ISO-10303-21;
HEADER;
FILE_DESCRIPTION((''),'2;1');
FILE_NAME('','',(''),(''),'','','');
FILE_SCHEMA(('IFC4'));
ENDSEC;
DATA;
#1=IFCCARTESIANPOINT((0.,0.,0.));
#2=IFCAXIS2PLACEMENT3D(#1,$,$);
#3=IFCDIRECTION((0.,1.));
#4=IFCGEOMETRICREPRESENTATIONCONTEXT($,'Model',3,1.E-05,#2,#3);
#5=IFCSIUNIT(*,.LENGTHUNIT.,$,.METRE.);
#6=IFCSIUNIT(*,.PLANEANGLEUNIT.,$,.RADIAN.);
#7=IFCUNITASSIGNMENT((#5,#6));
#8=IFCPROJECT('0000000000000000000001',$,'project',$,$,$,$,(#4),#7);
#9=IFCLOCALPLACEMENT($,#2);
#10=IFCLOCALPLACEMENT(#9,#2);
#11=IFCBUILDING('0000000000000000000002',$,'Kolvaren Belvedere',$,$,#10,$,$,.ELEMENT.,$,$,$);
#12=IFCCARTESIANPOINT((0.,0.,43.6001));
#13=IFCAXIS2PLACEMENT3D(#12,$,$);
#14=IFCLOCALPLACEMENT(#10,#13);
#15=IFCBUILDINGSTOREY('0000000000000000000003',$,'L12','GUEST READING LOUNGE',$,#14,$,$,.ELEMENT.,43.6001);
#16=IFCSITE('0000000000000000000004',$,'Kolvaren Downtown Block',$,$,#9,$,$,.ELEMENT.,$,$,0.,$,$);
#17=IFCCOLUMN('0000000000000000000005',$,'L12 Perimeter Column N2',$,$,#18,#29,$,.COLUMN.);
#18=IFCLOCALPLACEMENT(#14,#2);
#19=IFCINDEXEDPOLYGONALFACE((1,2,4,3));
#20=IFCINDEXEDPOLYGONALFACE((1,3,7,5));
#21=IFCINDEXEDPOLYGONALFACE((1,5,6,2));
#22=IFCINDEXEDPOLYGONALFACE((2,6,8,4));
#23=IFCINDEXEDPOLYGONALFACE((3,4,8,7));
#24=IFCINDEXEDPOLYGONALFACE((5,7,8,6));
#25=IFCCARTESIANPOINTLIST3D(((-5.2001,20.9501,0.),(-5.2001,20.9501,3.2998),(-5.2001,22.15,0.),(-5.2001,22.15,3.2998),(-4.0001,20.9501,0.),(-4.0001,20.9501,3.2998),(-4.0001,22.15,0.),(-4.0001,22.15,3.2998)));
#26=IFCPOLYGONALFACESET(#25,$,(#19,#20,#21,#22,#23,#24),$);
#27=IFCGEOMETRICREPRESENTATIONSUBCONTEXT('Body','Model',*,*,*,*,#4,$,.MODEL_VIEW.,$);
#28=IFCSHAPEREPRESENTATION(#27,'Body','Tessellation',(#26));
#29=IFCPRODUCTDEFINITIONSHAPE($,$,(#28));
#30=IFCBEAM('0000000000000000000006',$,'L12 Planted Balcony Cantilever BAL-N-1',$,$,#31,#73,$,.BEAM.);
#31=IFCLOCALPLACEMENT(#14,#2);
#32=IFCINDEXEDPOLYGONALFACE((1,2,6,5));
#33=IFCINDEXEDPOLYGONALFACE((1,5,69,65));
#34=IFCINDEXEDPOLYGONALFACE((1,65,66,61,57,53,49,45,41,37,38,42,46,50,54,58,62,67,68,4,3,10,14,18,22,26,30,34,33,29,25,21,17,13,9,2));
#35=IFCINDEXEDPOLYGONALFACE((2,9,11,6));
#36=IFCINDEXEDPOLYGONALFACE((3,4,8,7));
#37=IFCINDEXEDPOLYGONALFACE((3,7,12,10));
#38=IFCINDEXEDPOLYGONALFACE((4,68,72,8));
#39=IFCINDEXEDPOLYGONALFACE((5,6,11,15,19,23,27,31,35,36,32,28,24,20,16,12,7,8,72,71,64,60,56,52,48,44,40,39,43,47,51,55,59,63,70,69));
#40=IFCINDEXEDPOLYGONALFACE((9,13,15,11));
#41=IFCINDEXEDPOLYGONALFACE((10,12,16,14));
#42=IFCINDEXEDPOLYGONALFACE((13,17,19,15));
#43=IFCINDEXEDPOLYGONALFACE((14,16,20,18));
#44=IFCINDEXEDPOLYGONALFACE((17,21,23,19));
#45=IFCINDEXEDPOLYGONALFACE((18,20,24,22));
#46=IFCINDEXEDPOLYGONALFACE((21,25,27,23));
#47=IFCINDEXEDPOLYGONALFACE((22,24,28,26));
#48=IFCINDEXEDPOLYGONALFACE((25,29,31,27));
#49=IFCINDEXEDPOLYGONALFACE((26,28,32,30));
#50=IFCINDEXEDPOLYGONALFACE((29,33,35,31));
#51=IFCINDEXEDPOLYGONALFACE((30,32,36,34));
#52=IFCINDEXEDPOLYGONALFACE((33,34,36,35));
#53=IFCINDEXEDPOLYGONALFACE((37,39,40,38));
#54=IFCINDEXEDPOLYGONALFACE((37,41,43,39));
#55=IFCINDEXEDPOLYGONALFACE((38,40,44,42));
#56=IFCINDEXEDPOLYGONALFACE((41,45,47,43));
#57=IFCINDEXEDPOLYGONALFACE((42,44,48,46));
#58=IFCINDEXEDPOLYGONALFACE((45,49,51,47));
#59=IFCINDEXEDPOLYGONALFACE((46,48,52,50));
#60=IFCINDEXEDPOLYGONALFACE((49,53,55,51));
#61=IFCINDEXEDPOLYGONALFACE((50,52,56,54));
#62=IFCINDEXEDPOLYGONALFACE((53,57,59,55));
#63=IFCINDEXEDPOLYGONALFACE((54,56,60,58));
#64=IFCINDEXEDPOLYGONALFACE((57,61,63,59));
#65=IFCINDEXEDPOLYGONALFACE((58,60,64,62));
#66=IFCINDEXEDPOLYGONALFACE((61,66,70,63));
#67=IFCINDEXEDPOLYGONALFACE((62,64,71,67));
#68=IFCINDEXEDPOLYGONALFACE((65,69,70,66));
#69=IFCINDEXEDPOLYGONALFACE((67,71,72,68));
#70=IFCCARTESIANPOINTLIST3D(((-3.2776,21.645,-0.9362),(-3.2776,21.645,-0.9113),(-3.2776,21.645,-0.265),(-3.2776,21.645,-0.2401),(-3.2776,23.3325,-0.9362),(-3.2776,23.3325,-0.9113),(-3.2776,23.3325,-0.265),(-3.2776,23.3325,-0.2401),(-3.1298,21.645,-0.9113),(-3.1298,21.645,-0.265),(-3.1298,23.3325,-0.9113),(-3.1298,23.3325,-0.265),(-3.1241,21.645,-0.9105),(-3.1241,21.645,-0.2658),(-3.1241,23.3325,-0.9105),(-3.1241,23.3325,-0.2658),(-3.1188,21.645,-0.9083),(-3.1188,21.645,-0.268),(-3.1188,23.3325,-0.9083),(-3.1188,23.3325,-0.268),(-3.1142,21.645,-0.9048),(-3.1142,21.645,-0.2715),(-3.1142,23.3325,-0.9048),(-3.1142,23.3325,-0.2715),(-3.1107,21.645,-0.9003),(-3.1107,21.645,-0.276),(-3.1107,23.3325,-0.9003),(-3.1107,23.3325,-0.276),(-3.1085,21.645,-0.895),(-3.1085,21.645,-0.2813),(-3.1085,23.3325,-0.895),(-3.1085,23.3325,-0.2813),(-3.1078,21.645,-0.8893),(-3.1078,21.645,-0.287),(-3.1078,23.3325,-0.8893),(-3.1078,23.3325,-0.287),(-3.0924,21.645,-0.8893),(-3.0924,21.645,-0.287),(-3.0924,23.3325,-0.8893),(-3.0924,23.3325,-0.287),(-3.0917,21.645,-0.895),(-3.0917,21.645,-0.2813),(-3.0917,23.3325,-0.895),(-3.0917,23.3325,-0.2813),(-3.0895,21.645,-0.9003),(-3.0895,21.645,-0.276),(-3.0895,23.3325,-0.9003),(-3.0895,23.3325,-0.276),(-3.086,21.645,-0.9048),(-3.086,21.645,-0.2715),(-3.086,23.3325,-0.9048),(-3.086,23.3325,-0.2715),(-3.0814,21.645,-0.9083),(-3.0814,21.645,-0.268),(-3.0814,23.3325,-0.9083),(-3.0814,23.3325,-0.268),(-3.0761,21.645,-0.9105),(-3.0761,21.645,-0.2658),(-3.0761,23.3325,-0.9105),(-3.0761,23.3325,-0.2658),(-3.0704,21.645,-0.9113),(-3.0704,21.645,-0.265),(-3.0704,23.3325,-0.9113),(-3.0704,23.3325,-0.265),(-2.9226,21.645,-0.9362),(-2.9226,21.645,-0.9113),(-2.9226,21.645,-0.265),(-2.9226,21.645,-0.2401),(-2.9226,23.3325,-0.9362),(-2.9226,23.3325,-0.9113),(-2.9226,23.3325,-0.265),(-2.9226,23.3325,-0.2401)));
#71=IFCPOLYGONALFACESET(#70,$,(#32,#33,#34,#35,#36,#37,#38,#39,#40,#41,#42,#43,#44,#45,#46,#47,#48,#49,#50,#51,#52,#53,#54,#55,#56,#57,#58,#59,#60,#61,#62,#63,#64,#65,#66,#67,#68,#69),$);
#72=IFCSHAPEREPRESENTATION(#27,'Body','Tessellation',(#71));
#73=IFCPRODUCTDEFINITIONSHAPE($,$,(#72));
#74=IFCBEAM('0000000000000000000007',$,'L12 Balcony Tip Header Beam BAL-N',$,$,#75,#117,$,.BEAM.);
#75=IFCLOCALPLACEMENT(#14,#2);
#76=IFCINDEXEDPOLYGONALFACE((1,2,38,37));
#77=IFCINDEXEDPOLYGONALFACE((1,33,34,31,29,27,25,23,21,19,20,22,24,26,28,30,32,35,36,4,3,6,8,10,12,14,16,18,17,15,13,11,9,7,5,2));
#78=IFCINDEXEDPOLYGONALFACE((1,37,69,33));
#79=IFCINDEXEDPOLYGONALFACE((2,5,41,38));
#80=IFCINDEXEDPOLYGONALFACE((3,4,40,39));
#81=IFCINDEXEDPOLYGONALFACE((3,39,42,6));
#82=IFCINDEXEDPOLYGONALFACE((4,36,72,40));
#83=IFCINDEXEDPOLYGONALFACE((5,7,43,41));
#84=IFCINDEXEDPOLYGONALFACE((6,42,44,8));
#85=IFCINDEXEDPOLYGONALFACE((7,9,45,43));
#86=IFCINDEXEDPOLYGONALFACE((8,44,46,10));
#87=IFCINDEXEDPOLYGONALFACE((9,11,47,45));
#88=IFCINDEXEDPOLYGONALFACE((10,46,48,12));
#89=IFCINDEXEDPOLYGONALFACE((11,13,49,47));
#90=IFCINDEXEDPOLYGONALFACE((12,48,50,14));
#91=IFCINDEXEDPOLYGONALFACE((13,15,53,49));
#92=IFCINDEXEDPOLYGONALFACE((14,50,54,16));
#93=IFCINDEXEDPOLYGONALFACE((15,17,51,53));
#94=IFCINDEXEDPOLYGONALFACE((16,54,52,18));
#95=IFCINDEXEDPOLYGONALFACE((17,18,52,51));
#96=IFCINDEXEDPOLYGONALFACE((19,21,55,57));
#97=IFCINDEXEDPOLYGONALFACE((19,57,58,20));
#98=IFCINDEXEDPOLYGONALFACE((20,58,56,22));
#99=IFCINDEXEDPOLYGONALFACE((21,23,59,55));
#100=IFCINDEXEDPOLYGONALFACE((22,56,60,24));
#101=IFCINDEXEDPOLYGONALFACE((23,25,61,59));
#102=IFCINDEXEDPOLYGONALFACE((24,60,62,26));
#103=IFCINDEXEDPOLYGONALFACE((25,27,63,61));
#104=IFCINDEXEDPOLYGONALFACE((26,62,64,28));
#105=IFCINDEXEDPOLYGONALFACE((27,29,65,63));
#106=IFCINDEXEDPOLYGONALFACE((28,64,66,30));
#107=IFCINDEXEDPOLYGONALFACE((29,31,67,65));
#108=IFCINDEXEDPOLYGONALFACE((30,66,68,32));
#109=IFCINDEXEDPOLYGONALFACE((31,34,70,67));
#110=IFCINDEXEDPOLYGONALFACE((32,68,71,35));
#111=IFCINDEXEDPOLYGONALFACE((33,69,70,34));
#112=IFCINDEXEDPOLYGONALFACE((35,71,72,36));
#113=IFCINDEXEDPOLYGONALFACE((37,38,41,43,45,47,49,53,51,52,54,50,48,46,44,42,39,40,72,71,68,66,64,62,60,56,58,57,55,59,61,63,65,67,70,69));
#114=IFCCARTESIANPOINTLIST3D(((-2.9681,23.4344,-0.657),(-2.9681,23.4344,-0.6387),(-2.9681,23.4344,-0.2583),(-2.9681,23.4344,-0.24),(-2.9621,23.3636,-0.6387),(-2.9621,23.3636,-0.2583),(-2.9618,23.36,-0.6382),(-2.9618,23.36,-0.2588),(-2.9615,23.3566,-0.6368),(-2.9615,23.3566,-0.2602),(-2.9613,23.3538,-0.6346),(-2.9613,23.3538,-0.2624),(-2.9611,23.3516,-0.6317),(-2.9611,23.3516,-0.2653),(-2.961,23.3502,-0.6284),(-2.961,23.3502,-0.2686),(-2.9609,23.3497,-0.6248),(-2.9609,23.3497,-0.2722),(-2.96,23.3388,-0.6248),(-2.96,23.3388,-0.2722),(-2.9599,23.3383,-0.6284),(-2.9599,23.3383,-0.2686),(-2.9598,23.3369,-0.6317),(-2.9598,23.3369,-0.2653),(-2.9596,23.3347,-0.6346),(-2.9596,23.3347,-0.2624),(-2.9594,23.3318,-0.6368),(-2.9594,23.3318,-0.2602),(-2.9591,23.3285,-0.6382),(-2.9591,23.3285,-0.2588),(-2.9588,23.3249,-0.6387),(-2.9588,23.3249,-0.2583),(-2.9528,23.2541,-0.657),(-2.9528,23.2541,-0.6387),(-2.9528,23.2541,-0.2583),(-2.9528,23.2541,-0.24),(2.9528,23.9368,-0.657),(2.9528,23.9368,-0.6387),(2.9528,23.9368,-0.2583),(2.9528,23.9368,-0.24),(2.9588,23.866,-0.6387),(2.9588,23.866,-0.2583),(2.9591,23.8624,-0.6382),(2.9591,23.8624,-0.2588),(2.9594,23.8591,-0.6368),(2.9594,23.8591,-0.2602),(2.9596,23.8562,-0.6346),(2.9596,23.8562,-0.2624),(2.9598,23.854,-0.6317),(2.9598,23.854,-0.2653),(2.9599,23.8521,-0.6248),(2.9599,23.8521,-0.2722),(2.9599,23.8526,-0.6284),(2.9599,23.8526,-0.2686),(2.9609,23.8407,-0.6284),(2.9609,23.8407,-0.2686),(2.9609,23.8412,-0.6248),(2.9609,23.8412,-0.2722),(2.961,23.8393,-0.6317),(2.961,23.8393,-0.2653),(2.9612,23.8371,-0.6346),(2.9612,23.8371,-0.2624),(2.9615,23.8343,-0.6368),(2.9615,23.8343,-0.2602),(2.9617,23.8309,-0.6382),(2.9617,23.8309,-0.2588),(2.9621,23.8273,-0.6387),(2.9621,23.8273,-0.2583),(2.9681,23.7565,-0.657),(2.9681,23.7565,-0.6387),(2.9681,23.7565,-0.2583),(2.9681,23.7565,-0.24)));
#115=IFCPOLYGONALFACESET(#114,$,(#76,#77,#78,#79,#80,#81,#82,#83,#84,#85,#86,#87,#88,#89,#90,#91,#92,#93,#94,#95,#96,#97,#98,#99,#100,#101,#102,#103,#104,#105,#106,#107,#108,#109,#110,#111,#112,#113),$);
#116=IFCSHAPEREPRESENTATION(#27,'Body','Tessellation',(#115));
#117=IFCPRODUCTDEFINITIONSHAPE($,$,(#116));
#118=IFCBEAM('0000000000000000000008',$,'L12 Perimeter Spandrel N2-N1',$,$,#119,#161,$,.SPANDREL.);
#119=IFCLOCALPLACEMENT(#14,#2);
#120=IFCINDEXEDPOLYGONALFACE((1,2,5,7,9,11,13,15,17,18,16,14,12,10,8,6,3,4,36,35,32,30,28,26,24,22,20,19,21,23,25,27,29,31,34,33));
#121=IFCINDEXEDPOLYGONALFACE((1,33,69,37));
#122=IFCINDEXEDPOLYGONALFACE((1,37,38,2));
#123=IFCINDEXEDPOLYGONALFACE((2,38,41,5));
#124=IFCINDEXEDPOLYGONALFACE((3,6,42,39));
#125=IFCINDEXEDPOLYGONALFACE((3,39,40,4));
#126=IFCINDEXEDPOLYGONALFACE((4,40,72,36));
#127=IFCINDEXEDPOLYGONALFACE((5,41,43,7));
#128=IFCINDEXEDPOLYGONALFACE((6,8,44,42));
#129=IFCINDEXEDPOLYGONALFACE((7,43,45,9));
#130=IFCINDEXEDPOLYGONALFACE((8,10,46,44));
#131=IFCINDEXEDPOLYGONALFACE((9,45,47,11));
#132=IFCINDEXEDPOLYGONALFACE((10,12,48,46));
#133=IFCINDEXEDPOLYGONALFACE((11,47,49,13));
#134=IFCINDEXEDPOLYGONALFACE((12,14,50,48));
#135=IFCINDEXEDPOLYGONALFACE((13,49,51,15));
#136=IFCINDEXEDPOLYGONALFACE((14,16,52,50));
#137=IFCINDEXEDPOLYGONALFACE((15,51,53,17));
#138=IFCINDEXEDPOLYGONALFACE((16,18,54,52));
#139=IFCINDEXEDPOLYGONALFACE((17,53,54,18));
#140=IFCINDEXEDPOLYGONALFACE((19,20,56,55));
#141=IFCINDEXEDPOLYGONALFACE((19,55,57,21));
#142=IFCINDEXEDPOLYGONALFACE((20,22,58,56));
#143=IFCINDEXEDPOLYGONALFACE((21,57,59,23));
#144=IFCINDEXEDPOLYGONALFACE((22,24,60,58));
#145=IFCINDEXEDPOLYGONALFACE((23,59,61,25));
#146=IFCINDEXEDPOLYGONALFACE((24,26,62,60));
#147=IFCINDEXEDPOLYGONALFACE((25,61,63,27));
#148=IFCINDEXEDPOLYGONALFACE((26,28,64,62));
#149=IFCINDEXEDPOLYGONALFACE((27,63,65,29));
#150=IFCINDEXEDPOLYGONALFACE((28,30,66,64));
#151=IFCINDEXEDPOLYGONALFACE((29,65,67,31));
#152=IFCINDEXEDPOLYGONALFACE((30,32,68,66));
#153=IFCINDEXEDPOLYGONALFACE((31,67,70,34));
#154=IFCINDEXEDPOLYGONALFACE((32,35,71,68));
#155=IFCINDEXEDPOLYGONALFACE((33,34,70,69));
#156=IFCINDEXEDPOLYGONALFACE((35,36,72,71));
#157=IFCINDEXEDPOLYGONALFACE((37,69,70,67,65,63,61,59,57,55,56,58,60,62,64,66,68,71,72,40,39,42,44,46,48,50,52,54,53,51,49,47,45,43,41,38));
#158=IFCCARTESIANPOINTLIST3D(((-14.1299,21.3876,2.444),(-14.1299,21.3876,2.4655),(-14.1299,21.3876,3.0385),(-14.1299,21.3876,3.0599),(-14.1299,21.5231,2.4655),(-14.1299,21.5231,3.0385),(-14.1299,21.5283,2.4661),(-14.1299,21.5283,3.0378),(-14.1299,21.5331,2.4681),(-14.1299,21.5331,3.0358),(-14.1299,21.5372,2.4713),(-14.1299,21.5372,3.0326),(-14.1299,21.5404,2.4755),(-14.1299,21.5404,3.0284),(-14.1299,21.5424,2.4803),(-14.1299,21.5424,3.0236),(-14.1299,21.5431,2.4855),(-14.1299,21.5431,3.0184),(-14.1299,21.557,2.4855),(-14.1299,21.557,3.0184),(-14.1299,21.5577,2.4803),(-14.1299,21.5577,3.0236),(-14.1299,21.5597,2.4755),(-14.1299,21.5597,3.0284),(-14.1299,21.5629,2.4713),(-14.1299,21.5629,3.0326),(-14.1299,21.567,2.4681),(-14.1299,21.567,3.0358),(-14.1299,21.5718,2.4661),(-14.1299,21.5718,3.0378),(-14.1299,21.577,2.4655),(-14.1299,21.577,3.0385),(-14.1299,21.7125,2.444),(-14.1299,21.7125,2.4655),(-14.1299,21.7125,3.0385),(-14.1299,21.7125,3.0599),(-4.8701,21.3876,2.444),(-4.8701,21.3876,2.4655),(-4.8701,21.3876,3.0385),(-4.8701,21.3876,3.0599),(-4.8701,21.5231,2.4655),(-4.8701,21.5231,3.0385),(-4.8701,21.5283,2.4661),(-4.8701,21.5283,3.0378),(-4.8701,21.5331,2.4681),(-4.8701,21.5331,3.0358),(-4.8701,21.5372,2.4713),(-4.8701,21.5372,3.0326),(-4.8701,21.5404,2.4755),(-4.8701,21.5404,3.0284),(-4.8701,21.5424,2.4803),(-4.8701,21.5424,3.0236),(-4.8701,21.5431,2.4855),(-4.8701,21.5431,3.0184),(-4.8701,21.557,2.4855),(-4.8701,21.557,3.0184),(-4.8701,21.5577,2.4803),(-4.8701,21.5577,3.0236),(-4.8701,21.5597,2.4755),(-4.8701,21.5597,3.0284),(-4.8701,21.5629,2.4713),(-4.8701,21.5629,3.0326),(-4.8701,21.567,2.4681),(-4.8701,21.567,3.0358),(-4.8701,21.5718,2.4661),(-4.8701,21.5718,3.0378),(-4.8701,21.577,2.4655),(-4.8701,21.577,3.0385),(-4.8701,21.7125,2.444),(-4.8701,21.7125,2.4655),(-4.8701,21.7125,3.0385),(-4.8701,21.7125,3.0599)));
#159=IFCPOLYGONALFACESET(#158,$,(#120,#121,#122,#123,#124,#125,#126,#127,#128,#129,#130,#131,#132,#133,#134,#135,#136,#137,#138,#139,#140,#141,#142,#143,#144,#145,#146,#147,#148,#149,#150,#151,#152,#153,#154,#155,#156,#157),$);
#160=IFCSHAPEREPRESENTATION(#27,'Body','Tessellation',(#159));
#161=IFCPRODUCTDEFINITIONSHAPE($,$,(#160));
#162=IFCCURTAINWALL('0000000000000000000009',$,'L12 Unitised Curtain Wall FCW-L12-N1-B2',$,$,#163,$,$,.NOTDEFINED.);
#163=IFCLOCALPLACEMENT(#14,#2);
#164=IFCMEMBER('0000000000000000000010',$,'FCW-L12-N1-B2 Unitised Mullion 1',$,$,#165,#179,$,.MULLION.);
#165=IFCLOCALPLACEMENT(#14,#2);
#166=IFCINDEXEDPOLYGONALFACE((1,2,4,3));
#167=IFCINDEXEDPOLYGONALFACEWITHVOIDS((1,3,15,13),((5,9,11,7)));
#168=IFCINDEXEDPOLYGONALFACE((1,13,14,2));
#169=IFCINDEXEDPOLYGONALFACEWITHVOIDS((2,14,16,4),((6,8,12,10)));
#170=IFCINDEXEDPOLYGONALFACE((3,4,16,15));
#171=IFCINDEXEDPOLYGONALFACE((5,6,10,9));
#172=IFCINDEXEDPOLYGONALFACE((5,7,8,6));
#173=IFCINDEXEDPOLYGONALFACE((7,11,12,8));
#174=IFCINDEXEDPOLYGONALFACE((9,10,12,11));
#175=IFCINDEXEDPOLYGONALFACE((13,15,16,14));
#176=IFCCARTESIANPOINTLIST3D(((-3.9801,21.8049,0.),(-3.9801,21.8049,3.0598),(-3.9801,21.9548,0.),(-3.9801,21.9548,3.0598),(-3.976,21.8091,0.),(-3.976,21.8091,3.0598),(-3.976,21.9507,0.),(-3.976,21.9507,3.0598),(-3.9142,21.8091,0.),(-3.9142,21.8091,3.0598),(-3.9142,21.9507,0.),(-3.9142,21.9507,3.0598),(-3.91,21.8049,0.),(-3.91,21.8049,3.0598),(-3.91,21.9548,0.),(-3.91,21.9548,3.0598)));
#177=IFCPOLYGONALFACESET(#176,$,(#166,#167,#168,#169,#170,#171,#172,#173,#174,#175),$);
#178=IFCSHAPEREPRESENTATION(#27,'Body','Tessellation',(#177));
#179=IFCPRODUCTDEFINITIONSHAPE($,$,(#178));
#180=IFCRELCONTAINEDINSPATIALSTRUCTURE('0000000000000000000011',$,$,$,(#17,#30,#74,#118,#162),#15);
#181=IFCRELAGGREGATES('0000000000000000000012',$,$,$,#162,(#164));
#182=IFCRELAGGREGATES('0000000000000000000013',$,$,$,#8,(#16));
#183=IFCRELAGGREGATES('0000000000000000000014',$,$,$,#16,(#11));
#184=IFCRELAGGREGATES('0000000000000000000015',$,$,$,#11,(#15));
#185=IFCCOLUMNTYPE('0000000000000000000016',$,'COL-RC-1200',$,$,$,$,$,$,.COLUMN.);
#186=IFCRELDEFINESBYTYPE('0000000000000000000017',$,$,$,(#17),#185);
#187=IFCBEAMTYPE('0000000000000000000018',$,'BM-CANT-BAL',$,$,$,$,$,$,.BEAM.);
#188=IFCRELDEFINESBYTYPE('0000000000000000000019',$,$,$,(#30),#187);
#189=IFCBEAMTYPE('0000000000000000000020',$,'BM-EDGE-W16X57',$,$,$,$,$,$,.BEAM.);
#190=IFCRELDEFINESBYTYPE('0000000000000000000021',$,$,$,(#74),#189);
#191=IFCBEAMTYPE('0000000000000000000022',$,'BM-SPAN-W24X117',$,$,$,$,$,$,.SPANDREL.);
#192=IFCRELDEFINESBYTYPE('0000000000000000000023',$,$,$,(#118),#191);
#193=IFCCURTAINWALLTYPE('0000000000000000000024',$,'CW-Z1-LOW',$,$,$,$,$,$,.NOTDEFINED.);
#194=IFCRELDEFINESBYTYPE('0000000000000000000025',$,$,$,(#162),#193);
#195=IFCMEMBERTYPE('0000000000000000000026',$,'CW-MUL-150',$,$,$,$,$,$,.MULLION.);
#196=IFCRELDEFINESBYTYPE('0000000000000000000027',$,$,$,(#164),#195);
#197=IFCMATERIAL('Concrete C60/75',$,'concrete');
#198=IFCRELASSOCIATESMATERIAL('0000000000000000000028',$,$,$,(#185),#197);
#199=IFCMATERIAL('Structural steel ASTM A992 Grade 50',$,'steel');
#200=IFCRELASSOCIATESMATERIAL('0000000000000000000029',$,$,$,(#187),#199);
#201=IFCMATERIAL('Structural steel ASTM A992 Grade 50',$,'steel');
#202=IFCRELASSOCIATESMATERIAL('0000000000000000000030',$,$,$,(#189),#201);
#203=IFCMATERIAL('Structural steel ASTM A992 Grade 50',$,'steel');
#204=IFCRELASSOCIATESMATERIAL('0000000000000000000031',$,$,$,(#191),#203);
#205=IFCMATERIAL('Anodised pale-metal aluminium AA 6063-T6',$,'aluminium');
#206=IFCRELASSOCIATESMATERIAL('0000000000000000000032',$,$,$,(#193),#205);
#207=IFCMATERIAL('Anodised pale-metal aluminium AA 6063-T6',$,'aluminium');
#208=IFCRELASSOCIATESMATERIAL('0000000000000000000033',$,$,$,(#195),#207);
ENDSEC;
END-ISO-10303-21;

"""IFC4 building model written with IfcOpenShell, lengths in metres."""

from ifc_helpers import new_model, si_unit, direction, frame, origin, origin_2d, place, context, subcontext, project, spatial, rectangle, hollow_rectangle, i_section, extrude, material, material_profile, profile_set, type_object, element, aggregate, save


model = new_model("IFC4")

# Units and contexts
model_context = context("Model", 3, precision=1e-05, world=origin(), true_north=direction((0.0, 1.0)))
body_context = subcontext(model_context, "Body", "Model", "MODEL_VIEW")
ifc_project = project(units=[si_unit("LENGTHUNIT", "METRE"), si_unit("PLANEANGLEUNIT", "RADIAN")], contexts=[model_context])

# Site, building, storey
site_placement = place(None, origin())
site = spatial("IfcSite", under=ifc_project, at=site_placement, Name="Kolvaren Downtown Block", CompositionType="ELEMENT", RefElevation=0.0)
building_placement = place(site_placement, origin())
building = spatial("IfcBuilding", under=site, at=building_placement, Name="Kolvaren Belvedere", CompositionType="ELEMENT")
storey_placement = place(building_placement, frame((0.0, 0.0, 43.6001)))
storey = spatial("IfcBuildingStorey", under=building, at=storey_placement, Name="L12", Description="GUEST READING LOUNGE", CompositionType="ELEMENT", Elevation=43.6001)

# Column
ifc_material_1 = material(Name="Concrete C60/75", Category="concrete")
ifc_material_profile_1 = material_profile(ifc_material_1, rectangle(XDim=1.2, YDim=1.2, at=origin_2d()), Name="RC 1200X1200")
ifc_profile_set_1 = profile_set([ifc_material_profile_1], Name="Concrete C60/75")
column_type = type_object("IfcColumnType", Name="COL-RC-1200", PredefinedType="COLUMN", material=ifc_profile_set_1)
column_placement = place(storey_placement, frame((-4.6001, 21.55, 0.0), z_axis=(0.0, 0.0, 1.0), x_axis=(1.0, 0.0, 0.0)))
element("IfcColumn", 1, at=column_placement, inside=storey, type_object=column_type, Name="L12 Perimeter Column N2", PredefinedType="COLUMN", context=body_context, shape_type="SweptSolid", body=[
    extrude(rectangle(XDim=1.2, YDim=1.2, at=origin_2d()), origin(), (0.0, 0.0, 1.0), 3.2998),
])

# Beams
ifc_material_2 = material(Name="Structural steel ASTM A992 Grade 50", Category="steel")
ifc_material_profile_2 = material_profile(ifc_material_2, i_section(OverallWidth=0.355, OverallDepth=0.696, WebThickness=0.0154, FlangeThickness=0.0249, FilletRadius=0.022, at=origin_2d()), Name="W27X146")
ifc_profile_set_2 = profile_set([ifc_material_profile_2], Name="Structural steel ASTM A992 Grade 50")
beam_type_1 = type_object("IfcBeamType", Name="BM-CANT-BAL", PredefinedType="BEAM", material=ifc_profile_set_2)
beam_1_placement = place(storey_placement, frame((-3.1001, 21.645, -0.5881), z_axis=(0.0, 1.0, 0.0), x_axis=(-1.0, 0.0, 0.0)))
element("IfcBeam", 2, at=beam_1_placement, inside=storey, type_object=beam_type_1, Name="L12 Planted Balcony Cantilever BAL-N-1", PredefinedType="BEAM", context=body_context, shape_type="SweptSolid", body=[
    extrude(i_section(OverallWidth=0.355, OverallDepth=0.696, WebThickness=0.0154, FlangeThickness=0.0249, FilletRadius=0.022, at=origin_2d()), origin(), (0.0, 0.0, 1.0), 1.6875),
])
ifc_material_3 = material(Name="Structural steel ASTM A992 Grade 50", Category="steel")
ifc_material_profile_3 = material_profile(ifc_material_3, i_section(OverallWidth=0.1809, OverallDepth=0.417, WebThickness=0.011, FlangeThickness=0.0183, FilletRadius=0.0139, at=origin_2d()), Name="W16X57")
ifc_profile_set_3 = profile_set([ifc_material_profile_3], Name="Structural steel ASTM A992 Grade 50")
beam_type_2 = type_object("IfcBeamType", Name="BM-EDGE-W16X57", PredefinedType="BEAM", material=ifc_profile_set_3)
beam_2_placement = place(storey_placement, frame((-2.9604, 23.3442, -0.4485), z_axis=(0.996419, 0.084555, 0.0), x_axis=(-0.084555, 0.996419, 0.0)))
element("IfcBeam", 3, at=beam_2_placement, inside=storey, type_object=beam_type_2, Name="L12 Balcony Tip Header Beam BAL-N", PredefinedType="BEAM", context=body_context, shape_type="SweptSolid", body=[
    extrude(i_section(OverallWidth=0.1809, OverallDepth=0.417, WebThickness=0.011, FlangeThickness=0.0183, FilletRadius=0.0139, at=origin_2d()), origin(), (0.0, 0.0, 1.0), 5.9421),
])
ifc_material_4 = material(Name="Structural steel ASTM A992 Grade 50", Category="steel")
ifc_material_profile_4 = material_profile(ifc_material_4, i_section(OverallWidth=0.325, OverallDepth=0.616, WebThickness=0.0139, FlangeThickness=0.0215, FilletRadius=0.02, at=origin_2d()), Name="W24X117")
ifc_profile_set_4 = profile_set([ifc_material_profile_4], Name="Structural steel ASTM A992 Grade 50")
beam_type_3 = type_object("IfcBeamType", Name="BM-SPAN-W24X117", PredefinedType="SPANDREL", material=ifc_profile_set_4)
beam_3_placement = place(storey_placement, frame((-4.8701, 21.55, 2.752), z_axis=(-1.0, 0.0, 0.0), x_axis=(0.0, -1.0, 0.0)))
element("IfcBeam", 4, at=beam_3_placement, inside=storey, type_object=beam_type_3, Name="L12 Perimeter Spandrel N2-N1", PredefinedType="SPANDREL", context=body_context, shape_type="SweptSolid", body=[
    extrude(i_section(OverallWidth=0.325, OverallDepth=0.616, WebThickness=0.0139, FlangeThickness=0.0215, FilletRadius=0.02, at=origin_2d()), origin(), (0.0, 0.0, 1.0), 9.2598),
])

# Curtain wall, member
ifc_material_5 = material(Name="Anodised pale-metal aluminium AA 6063-T6", Category="aluminium")
curtain_wall_type = type_object("IfcCurtainWallType", Name="CW-Z1-LOW", PredefinedType="NOTDEFINED", material=ifc_material_5)
curtain_wall_placement = place(storey_placement, origin())
curtain_wall = element("IfcCurtainWall", 5, at=curtain_wall_placement, inside=storey, type_object=curtain_wall_type, Name="L12 Unitised Curtain Wall FCW-L12-N1-B2", PredefinedType="NOTDEFINED")
ifc_material_6 = material(Name="Anodised pale-metal aluminium AA 6063-T6", Category="aluminium")
ifc_material_profile_5 = material_profile(ifc_material_6, hollow_rectangle(XDim=0.0701, YDim=0.1499, WallThickness=0.0042, at=origin_2d()), Name="ALU-MUL-150X70")
ifc_profile_set_5 = profile_set([ifc_material_profile_5], Name="Anodised pale-metal aluminium AA 6063-T6")
member_type_1 = type_object("IfcMemberType", Name="CW-MUL-150", PredefinedType="MULLION", material=ifc_profile_set_5)
member_1_placement = place(storey_placement, frame((-3.9451, 21.8799, 0.0), z_axis=(0.0, 0.0, 1.0), x_axis=(1.0, 0.0, 0.0)))
member_1 = element("IfcMember", 6, at=member_1_placement, type_object=member_type_1, Name="FCW-L12-N1-B2 Unitised Mullion 1", PredefinedType="MULLION", context=body_context, shape_type="SweptSolid", body=[
    extrude(hollow_rectangle(XDim=0.0701, YDim=0.1499, WallThickness=0.0042, at=origin_2d()), origin(), (0.0, 0.0, 1.0), 3.0598),
])

aggregate(curtain_wall, [member_1])

save(model, "model.ifc")
